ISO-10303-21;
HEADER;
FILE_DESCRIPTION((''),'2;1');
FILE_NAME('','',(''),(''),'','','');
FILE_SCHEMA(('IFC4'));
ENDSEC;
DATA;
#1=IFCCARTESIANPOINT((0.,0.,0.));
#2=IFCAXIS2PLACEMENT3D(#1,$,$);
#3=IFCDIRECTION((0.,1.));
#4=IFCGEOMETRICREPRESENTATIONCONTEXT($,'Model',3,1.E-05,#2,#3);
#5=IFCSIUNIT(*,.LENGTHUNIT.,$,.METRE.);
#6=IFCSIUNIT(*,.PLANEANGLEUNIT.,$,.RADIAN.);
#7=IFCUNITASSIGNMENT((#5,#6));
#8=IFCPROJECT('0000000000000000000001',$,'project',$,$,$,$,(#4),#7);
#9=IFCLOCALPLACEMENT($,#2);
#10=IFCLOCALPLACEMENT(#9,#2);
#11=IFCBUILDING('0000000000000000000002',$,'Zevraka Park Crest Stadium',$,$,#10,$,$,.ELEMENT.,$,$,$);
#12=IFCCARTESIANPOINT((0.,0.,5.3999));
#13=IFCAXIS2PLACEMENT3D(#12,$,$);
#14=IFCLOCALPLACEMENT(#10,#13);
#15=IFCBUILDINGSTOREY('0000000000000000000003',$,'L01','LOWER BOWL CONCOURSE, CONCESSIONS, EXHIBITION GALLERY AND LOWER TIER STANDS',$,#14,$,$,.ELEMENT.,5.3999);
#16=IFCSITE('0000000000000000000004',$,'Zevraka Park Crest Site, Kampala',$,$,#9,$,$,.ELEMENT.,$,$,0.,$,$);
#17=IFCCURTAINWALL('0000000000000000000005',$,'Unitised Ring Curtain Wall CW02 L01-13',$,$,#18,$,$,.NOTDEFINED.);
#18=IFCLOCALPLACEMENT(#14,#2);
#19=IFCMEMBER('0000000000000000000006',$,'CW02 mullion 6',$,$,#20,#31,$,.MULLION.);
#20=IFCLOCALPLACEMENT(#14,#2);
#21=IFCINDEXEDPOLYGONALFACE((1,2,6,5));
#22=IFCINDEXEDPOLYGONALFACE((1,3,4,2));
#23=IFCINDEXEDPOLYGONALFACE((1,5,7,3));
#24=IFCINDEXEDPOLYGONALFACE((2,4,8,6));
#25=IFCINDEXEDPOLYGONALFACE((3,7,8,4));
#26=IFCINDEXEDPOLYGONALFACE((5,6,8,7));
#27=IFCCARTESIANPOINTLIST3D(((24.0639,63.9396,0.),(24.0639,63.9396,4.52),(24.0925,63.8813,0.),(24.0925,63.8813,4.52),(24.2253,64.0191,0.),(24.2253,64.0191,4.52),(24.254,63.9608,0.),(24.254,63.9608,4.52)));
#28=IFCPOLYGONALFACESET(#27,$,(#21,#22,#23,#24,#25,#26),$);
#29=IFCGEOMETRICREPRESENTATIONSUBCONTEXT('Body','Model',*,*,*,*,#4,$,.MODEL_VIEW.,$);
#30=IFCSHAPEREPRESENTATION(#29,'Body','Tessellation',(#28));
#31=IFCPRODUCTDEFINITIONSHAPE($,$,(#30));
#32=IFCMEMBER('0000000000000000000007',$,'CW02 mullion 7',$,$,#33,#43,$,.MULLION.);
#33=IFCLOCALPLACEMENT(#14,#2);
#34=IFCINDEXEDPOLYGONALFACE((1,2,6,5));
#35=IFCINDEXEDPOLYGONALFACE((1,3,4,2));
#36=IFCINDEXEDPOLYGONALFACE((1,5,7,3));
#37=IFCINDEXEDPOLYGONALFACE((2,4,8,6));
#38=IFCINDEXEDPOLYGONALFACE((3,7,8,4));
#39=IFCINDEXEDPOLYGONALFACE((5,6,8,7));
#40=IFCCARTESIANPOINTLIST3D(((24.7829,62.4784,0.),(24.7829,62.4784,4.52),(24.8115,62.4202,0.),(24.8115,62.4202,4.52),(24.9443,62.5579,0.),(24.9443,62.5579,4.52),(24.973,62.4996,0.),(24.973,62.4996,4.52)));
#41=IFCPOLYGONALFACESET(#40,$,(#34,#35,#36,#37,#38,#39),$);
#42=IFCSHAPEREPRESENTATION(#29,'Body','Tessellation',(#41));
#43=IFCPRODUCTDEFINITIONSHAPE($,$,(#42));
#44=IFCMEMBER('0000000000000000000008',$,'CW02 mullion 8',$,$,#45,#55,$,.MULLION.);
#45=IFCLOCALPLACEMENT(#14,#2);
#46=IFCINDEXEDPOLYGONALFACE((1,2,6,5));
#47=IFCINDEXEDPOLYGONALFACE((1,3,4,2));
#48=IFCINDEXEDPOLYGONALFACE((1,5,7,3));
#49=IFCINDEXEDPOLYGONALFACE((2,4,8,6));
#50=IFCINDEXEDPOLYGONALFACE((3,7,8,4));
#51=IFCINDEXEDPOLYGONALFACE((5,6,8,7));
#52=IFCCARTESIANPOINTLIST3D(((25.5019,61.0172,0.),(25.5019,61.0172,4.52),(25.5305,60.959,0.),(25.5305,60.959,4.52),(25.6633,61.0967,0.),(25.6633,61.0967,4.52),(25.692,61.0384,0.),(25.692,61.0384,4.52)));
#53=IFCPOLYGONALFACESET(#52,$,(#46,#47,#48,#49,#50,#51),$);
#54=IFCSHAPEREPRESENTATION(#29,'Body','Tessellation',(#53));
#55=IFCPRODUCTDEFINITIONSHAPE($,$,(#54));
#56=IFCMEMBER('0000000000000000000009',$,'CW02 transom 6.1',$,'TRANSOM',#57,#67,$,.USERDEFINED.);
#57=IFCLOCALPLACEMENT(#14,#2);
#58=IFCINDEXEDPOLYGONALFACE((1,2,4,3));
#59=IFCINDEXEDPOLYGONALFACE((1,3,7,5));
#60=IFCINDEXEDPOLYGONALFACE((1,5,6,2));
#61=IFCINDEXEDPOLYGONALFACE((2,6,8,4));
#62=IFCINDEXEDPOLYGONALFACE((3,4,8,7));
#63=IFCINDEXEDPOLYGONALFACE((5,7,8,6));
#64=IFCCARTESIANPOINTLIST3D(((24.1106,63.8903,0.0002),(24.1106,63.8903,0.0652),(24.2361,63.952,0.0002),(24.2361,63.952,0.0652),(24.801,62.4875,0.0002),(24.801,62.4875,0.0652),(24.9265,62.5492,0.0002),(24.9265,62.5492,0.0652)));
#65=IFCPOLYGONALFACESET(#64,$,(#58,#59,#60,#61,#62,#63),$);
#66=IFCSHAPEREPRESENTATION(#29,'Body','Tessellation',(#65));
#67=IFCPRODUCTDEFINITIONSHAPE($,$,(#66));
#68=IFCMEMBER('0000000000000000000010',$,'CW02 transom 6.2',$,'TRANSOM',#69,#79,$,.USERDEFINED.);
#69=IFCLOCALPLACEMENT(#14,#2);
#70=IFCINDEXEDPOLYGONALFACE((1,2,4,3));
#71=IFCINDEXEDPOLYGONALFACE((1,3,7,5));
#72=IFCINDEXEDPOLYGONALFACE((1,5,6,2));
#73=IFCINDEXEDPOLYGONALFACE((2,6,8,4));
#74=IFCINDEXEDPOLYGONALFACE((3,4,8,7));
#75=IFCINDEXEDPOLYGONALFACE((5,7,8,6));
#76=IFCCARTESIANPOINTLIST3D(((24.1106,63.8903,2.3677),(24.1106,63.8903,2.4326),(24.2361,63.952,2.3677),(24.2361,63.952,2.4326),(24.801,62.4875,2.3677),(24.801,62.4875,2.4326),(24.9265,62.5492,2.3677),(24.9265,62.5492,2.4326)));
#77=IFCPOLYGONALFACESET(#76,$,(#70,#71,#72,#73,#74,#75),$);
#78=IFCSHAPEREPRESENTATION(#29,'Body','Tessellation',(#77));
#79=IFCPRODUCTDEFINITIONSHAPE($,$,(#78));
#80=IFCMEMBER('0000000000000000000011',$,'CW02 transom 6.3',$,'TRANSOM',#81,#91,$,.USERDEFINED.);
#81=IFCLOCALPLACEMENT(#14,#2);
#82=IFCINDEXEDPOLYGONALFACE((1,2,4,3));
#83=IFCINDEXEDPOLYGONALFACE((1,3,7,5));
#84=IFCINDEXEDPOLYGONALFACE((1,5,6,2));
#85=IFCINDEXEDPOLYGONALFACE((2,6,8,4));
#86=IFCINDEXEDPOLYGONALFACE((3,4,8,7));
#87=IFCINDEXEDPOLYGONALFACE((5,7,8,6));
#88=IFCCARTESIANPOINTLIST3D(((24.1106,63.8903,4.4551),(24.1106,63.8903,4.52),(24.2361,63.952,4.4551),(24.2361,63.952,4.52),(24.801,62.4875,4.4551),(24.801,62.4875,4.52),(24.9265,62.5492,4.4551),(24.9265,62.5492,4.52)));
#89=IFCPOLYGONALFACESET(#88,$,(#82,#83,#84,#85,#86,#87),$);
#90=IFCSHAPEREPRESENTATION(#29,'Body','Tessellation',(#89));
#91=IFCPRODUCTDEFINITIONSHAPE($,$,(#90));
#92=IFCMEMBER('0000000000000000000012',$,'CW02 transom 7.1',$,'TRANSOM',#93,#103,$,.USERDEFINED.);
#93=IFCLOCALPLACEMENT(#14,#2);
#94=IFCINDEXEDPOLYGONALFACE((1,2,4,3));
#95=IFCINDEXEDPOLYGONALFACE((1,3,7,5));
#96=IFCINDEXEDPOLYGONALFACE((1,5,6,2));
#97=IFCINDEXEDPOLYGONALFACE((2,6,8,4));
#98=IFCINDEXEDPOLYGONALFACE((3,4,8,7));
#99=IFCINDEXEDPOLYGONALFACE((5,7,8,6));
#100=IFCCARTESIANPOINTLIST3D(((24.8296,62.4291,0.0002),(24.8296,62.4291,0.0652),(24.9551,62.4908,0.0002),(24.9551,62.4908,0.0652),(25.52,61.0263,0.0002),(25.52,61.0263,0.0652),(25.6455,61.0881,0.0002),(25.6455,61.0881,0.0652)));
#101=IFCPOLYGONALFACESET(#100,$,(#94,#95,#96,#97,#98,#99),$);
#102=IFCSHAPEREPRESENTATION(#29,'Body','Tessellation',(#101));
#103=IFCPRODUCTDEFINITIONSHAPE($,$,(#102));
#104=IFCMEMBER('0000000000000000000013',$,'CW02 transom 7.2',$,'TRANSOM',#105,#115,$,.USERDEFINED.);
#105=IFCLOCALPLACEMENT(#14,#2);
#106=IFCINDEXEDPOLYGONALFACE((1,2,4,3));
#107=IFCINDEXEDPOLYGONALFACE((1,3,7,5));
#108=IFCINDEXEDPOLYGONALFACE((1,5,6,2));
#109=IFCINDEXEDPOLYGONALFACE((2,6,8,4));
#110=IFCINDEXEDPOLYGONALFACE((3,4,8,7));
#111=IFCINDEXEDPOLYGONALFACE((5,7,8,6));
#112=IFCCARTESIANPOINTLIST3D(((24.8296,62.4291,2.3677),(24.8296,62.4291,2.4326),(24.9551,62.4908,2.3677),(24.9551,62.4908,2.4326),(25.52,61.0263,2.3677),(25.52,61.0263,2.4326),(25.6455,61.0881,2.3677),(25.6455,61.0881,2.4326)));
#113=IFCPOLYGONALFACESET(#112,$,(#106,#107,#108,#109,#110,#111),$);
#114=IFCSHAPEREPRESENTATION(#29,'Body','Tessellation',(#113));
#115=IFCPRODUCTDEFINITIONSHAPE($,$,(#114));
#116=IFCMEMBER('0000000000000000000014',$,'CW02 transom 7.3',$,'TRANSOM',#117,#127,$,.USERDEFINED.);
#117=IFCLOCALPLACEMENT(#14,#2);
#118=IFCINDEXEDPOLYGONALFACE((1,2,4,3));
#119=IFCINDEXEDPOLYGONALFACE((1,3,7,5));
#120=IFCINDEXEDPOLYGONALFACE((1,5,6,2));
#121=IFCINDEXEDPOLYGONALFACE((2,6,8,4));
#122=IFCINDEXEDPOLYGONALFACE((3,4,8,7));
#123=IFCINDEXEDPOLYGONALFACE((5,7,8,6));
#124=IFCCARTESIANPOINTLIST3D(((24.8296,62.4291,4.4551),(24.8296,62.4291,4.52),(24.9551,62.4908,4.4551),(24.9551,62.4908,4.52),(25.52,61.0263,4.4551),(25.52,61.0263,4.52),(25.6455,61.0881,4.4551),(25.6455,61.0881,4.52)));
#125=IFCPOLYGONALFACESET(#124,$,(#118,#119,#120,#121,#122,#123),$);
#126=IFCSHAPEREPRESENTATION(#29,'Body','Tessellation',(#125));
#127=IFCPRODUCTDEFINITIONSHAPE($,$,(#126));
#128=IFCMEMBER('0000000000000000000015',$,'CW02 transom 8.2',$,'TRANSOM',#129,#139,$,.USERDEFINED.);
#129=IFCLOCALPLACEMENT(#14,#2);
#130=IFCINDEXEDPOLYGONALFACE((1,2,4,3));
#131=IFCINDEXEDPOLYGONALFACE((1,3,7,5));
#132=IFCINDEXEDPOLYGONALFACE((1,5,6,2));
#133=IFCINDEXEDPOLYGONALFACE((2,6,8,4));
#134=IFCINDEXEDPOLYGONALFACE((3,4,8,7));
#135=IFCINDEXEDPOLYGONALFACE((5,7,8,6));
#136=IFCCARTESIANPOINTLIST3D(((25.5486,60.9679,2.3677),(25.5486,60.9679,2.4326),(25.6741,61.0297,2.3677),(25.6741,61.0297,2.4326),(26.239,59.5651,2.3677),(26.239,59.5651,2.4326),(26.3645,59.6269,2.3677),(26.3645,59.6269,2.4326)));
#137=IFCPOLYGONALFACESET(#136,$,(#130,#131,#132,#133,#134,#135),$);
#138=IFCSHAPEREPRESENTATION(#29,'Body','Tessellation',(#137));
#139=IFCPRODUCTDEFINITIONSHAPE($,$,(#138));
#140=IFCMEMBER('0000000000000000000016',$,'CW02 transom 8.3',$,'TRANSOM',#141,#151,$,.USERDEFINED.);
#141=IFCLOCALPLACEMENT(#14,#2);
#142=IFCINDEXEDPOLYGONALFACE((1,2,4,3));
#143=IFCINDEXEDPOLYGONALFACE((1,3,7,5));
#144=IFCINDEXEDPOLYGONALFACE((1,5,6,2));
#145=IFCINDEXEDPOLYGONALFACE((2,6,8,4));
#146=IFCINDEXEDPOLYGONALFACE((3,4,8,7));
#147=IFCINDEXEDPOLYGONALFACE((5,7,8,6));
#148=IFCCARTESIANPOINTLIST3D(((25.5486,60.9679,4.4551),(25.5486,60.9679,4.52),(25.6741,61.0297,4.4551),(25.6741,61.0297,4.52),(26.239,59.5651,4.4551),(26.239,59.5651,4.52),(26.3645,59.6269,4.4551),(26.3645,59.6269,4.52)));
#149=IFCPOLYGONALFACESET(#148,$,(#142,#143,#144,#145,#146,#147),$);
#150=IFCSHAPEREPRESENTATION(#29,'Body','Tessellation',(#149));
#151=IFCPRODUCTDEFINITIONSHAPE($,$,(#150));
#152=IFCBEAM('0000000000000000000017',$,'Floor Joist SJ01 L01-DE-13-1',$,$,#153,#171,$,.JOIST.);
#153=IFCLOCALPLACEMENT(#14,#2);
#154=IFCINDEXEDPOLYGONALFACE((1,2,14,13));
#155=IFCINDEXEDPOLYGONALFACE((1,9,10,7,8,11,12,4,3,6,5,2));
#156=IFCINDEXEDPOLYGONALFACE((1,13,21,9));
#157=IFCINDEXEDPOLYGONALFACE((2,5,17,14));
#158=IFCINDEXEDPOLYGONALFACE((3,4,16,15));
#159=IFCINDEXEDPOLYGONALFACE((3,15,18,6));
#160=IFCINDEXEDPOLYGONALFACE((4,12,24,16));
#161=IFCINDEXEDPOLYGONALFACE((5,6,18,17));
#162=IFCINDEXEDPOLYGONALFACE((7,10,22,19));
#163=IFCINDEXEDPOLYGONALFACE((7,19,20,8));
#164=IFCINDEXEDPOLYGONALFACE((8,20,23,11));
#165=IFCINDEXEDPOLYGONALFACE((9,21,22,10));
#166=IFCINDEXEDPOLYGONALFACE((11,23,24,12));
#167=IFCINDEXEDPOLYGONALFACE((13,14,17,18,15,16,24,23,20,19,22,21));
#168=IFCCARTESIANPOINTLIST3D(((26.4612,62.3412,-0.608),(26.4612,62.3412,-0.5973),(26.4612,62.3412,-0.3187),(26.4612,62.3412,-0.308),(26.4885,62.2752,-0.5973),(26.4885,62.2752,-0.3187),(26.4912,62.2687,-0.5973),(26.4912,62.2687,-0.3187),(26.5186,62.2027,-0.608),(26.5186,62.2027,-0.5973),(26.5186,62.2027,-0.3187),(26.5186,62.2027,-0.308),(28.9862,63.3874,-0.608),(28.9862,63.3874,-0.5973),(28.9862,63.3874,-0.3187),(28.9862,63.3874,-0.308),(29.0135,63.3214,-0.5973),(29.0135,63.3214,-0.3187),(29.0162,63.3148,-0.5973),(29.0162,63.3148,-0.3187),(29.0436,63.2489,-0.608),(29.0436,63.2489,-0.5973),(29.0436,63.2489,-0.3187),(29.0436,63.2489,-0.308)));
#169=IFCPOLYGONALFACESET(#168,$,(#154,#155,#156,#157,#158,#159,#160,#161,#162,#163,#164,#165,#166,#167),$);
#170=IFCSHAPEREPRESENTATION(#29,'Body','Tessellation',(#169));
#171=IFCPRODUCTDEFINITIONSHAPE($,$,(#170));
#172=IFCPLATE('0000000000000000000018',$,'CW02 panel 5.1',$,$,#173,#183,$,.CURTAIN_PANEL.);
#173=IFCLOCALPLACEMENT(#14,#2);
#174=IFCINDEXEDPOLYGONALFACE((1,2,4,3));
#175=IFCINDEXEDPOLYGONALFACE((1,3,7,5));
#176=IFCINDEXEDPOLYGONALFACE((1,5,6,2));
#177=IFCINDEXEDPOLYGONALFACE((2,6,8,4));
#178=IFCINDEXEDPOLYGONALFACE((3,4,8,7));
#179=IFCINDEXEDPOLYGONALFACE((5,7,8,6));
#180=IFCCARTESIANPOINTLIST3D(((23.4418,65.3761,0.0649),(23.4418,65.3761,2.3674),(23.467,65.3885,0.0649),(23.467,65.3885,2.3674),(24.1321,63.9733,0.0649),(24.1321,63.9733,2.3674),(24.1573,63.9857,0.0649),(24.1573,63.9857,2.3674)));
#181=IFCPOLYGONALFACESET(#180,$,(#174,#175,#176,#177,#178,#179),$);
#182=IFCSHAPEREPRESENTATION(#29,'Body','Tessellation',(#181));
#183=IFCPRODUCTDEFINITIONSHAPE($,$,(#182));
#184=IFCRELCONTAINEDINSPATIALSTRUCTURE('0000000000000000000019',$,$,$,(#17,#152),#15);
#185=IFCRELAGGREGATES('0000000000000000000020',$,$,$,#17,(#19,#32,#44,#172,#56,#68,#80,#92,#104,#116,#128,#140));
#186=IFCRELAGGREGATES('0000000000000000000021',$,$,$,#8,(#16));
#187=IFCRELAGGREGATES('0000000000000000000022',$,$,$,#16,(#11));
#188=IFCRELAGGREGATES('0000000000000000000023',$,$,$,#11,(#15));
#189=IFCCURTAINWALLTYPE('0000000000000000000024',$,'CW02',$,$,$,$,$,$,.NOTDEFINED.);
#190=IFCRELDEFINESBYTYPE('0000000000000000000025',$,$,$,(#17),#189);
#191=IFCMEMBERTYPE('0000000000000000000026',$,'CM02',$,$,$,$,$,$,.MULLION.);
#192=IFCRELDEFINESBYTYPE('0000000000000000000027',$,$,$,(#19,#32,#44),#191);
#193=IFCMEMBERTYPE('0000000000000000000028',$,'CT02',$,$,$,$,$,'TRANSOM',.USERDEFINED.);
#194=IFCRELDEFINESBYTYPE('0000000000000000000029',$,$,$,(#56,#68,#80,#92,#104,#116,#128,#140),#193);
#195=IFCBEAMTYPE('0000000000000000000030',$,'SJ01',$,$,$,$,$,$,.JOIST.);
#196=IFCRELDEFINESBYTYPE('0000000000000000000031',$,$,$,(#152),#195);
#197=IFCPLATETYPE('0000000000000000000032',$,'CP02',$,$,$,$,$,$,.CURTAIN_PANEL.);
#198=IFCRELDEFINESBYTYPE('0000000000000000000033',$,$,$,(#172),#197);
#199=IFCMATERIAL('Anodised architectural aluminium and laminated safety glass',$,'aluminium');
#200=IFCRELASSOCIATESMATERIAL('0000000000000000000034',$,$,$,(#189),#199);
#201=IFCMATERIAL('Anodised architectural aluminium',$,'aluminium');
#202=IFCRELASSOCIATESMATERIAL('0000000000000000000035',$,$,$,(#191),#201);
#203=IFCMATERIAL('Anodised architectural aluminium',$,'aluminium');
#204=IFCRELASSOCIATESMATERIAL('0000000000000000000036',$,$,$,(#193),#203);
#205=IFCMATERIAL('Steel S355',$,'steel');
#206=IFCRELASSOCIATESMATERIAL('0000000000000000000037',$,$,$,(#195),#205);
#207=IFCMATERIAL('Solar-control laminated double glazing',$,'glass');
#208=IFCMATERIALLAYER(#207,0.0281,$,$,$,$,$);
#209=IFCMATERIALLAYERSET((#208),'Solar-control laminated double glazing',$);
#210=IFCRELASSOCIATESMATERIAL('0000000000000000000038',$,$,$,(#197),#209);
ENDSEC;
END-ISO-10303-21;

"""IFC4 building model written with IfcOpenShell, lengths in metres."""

from ifc_helpers import new_model, si_unit, direction, frame, origin, origin_2d, place, context, subcontext, project, spatial, rectangle, i_section, extrude, material, layer, layer_set, material_profile, profile_set, type_object, element, aggregate, save


model = new_model("IFC4")

# Units and contexts
model_context = context("Model", 3, precision=1e-05, world=origin(), true_north=direction((0.0, 1.0)))
body_context = subcontext(model_context, "Body", "Model", "MODEL_VIEW")
ifc_project = project(units=[si_unit("LENGTHUNIT", "METRE"), si_unit("PLANEANGLEUNIT", "RADIAN")], contexts=[model_context])

# Site, building, storey
site_placement = place(None, origin())
site = spatial("IfcSite", under=ifc_project, at=site_placement, Name="Zevraka Park Crest Site, Kampala", CompositionType="ELEMENT", RefElevation=0.0)
building_placement = place(site_placement, origin())
building = spatial("IfcBuilding", under=site, at=building_placement, Name="Zevraka Park Crest Stadium", CompositionType="ELEMENT")
storey_placement = place(building_placement, frame((0.0, 0.0, 5.3999)))
storey = spatial("IfcBuildingStorey", under=building, at=storey_placement, Name="L01", Description="LOWER BOWL CONCOURSE, CONCESSIONS, EXHIBITION GALLERY AND LOWER TIER STANDS", CompositionType="ELEMENT", Elevation=5.3999)

# Curtain wall, members
ifc_material_1 = material(Name="Anodised architectural aluminium and laminated safety glass", Category="aluminium")
curtain_wall_type = type_object("IfcCurtainWallType", Name="CW02", PredefinedType="NOTDEFINED", material=ifc_material_1)
curtain_wall_placement = place(storey_placement, origin())
curtain_wall = element("IfcCurtainWall", 1, at=curtain_wall_placement, inside=storey, type_object=curtain_wall_type, Name="Unitised Ring Curtain Wall CW02 L01-13", PredefinedType="NOTDEFINED")
ifc_material_2 = material(Name="Anodised architectural aluminium", Category="aluminium")
ifc_material_profile_1 = material_profile(ifc_material_2, rectangle(XDim=0.1799, YDim=0.0649, at=origin_2d()), Name="ALU MULLION 180x65")
ifc_profile_set_1 = profile_set([ifc_material_profile_1], Name="Anodised architectural aluminium")
member_type_1 = type_object("IfcMemberType", Name="CM02", PredefinedType="MULLION", material=ifc_profile_set_1)
member_1_placement = place(storey_placement, frame((24.1589, 63.9502, 0.0), z_axis=(0.0, 0.0, 1.0), x_axis=(0.897253, 0.441517, 0.0)))
member_1 = element("IfcMember", 2, at=member_1_placement, type_object=member_type_1, Name="CW02 mullion 6", PredefinedType="MULLION", context=body_context, shape_type="SweptSolid", body=[
    extrude(rectangle(XDim=0.1799, YDim=0.0649, at=origin_2d()), origin(), (0.0, 0.0, 1.0), 4.52),
])
member_2_placement = place(storey_placement, frame((24.8779, 62.489, 0.0), z_axis=(0.0, 0.0, 1.0), x_axis=(0.897253, 0.441517, 0.0)))
member_2 = element("IfcMember", 3, at=member_2_placement, type_object=member_type_1, Name="CW02 mullion 7", PredefinedType="MULLION", context=body_context, shape_type="SweptSolid", body=[
    extrude(rectangle(XDim=0.1799, YDim=0.0649, at=origin_2d()), origin(), (0.0, 0.0, 1.0), 4.52),
])
member_3_placement = place(storey_placement, frame((25.5969, 61.0278, 0.0), z_axis=(0.0, 0.0, 1.0), x_axis=(0.897253, 0.441517, 0.0)))
member_3 = element("IfcMember", 4, at=member_3_placement, type_object=member_type_1, Name="CW02 mullion 8", PredefinedType="MULLION", context=body_context, shape_type="SweptSolid", body=[
    extrude(rectangle(XDim=0.1799, YDim=0.0649, at=origin_2d()), origin(), (0.0, 0.0, 1.0), 4.52),
])
ifc_material_3 = material(Name="Anodised architectural aluminium", Category="aluminium")
ifc_material_profile_2 = material_profile(ifc_material_3, rectangle(XDim=0.1399, YDim=0.0649, at=origin_2d()), Name="ALU TRANSOM 140x65")
ifc_profile_set_2 = profile_set([ifc_material_profile_2], Name="Anodised architectural aluminium")
member_type_2 = type_object("IfcMemberType", Name="CT02", ElementType="TRANSOM", PredefinedType="USERDEFINED", material=ifc_profile_set_2)
member_4_placement = place(storey_placement, frame((24.1733, 63.9211, 0.0327), z_axis=(0.441583, -0.89722, 0.0), x_axis=(0.89722, 0.441583, 0.0)))
member_4 = element("IfcMember", 5, at=member_4_placement, type_object=member_type_2, Name="CW02 transom 6.1", ObjectType="TRANSOM", PredefinedType="USERDEFINED", context=body_context, shape_type="SweptSolid", body=[
    extrude(rectangle(XDim=0.1399, YDim=0.0649, at=origin_2d()), origin(), (0.0, 0.0, 1.0), 1.5635),
])
member_5_placement = place(storey_placement, frame((24.1733, 63.9211, 2.4001), z_axis=(0.441583, -0.89722, 0.0), x_axis=(0.89722, 0.441583, 0.0)))
member_5 = element("IfcMember", 6, at=member_5_placement, type_object=member_type_2, Name="CW02 transom 6.2", ObjectType="TRANSOM", PredefinedType="USERDEFINED", context=body_context, shape_type="SweptSolid", body=[
    extrude(rectangle(XDim=0.1399, YDim=0.0649, at=origin_2d()), origin(), (0.0, 0.0, 1.0), 1.5635),
])
member_6_placement = place(storey_placement, frame((24.1733, 63.9211, 4.4875), z_axis=(0.441583, -0.89722, 0.0), x_axis=(0.89722, 0.441583, 0.0)))
member_6 = element("IfcMember", 7, at=member_6_placement, type_object=member_type_2, Name="CW02 transom 6.3", ObjectType="TRANSOM", PredefinedType="USERDEFINED", context=body_context, shape_type="SweptSolid", body=[
    extrude(rectangle(XDim=0.1399, YDim=0.0649, at=origin_2d()), origin(), (0.0, 0.0, 1.0), 1.5635),
])
member_7_placement = place(storey_placement, frame((24.8923, 62.46, 0.0327), z_axis=(0.441583, -0.89722, 0.0), x_axis=(0.89722, 0.441583, 0.0)))
member_7 = element("IfcMember", 8, at=member_7_placement, type_object=member_type_2, Name="CW02 transom 7.1", ObjectType="TRANSOM", PredefinedType="USERDEFINED", context=body_context, shape_type="SweptSolid", body=[
    extrude(rectangle(XDim=0.1399, YDim=0.0649, at=origin_2d()), origin(), (0.0, 0.0, 1.0), 1.5635),
])
member_8_placement = place(storey_placement, frame((24.8923, 62.46, 2.4001), z_axis=(0.441583, -0.89722, 0.0), x_axis=(0.89722, 0.441583, 0.0)))
member_8 = element("IfcMember", 9, at=member_8_placement, type_object=member_type_2, Name="CW02 transom 7.2", ObjectType="TRANSOM", PredefinedType="USERDEFINED", context=body_context, shape_type="SweptSolid", body=[
    extrude(rectangle(XDim=0.1399, YDim=0.0649, at=origin_2d()), origin(), (0.0, 0.0, 1.0), 1.5635),
])
member_9_placement = place(storey_placement, frame((24.8923, 62.46, 4.4875), z_axis=(0.441583, -0.89722, 0.0), x_axis=(0.89722, 0.441583, 0.0)))
member_9 = element("IfcMember", 10, at=member_9_placement, type_object=member_type_2, Name="CW02 transom 7.3", ObjectType="TRANSOM", PredefinedType="USERDEFINED", context=body_context, shape_type="SweptSolid", body=[
    extrude(rectangle(XDim=0.1399, YDim=0.0649, at=origin_2d()), origin(), (0.0, 0.0, 1.0), 1.5635),
])
member_10_placement = place(storey_placement, frame((25.6113, 60.9988, 2.4001), z_axis=(0.441583, -0.89722, 0.0), x_axis=(0.89722, 0.441583, 0.0)))
member_10 = element("IfcMember", 11, at=member_10_placement, type_object=member_type_2, Name="CW02 transom 8.2", ObjectType="TRANSOM", PredefinedType="USERDEFINED", context=body_context, shape_type="SweptSolid", body=[
    extrude(rectangle(XDim=0.1399, YDim=0.0649, at=origin_2d()), origin(), (0.0, 0.0, 1.0), 1.5635),
])
member_11_placement = place(storey_placement, frame((25.6113, 60.9988, 4.4875), z_axis=(0.441583, -0.89722, 0.0), x_axis=(0.89722, 0.441583, 0.0)))
member_11 = element("IfcMember", 12, at=member_11_placement, type_object=member_type_2, Name="CW02 transom 8.3", ObjectType="TRANSOM", PredefinedType="USERDEFINED", context=body_context, shape_type="SweptSolid", body=[
    extrude(rectangle(XDim=0.1399, YDim=0.0649, at=origin_2d()), origin(), (0.0, 0.0, 1.0), 1.5635),
])

# Beam
ifc_material_4 = material(Name="Steel S355", Category="steel")
ifc_material_profile_3 = material_profile(ifc_material_4, i_section(OverallWidth=0.1499, OverallDepth=0.3, WebThickness=0.0071, FlangeThickness=0.0107, at=origin_2d()), Name="IPE 300")
ifc_profile_set_3 = profile_set([ifc_material_profile_3], Name="Steel S355")
beam_type = type_object("IfcBeamType", Name="SJ01", PredefinedType="JOIST", material=ifc_profile_set_3)
beam_placement = place(storey_placement, frame((29.0149, 63.3181, -0.458), z_axis=(-0.923842, -0.382775, 0.0), x_axis=(0.382775, -0.923842, 0.0)))
element("IfcBeam", 13, at=beam_placement, inside=storey, type_object=beam_type, Name="Floor Joist SJ01 L01-DE-13-1", PredefinedType="JOIST", context=body_context, shape_type="SweptSolid", body=[
    extrude(i_section(OverallWidth=0.1499, OverallDepth=0.3, WebThickness=0.0071, FlangeThickness=0.0107, at=origin_2d()), origin(), (0.0, 0.0, 1.0), 2.7332),
])

# Plate
ifc_material_5 = material(Name="Solar-control laminated double glazing", Category="glass")
ifc_layer_1 = layer(ifc_material_5, 0.0281)
ifc_layer_set_1 = layer_set([ifc_layer_1], Name="Solar-control laminated double glazing")
plate_type = type_object("IfcPlateType", Name="CP02", PredefinedType="CURTAIN_PANEL", material=ifc_layer_set_1)
plate_1_placement = place(storey_placement, frame((23.7996, 64.6809, 0.0649), z_axis=(0.0, 0.0, 1.0), x_axis=(0.441517, -0.897253, 0.0)))
plate_1 = element("IfcPlate", 14, at=plate_1_placement, type_object=plate_type, Name="CW02 panel 5.1", PredefinedType="CURTAIN_PANEL", context=body_context, shape_type="SweptSolid", body=[
    extrude(rectangle(XDim=1.5635, YDim=0.0281, at=origin_2d()), origin(), (0.0, 0.0, 1.0), 2.3025),
])
aggregate(curtain_wall, [member_1, member_2, member_3, plate_1, member_4, member_5, member_6, member_7, member_8, member_9, member_10, member_11])

save(model, "model.ifc")
